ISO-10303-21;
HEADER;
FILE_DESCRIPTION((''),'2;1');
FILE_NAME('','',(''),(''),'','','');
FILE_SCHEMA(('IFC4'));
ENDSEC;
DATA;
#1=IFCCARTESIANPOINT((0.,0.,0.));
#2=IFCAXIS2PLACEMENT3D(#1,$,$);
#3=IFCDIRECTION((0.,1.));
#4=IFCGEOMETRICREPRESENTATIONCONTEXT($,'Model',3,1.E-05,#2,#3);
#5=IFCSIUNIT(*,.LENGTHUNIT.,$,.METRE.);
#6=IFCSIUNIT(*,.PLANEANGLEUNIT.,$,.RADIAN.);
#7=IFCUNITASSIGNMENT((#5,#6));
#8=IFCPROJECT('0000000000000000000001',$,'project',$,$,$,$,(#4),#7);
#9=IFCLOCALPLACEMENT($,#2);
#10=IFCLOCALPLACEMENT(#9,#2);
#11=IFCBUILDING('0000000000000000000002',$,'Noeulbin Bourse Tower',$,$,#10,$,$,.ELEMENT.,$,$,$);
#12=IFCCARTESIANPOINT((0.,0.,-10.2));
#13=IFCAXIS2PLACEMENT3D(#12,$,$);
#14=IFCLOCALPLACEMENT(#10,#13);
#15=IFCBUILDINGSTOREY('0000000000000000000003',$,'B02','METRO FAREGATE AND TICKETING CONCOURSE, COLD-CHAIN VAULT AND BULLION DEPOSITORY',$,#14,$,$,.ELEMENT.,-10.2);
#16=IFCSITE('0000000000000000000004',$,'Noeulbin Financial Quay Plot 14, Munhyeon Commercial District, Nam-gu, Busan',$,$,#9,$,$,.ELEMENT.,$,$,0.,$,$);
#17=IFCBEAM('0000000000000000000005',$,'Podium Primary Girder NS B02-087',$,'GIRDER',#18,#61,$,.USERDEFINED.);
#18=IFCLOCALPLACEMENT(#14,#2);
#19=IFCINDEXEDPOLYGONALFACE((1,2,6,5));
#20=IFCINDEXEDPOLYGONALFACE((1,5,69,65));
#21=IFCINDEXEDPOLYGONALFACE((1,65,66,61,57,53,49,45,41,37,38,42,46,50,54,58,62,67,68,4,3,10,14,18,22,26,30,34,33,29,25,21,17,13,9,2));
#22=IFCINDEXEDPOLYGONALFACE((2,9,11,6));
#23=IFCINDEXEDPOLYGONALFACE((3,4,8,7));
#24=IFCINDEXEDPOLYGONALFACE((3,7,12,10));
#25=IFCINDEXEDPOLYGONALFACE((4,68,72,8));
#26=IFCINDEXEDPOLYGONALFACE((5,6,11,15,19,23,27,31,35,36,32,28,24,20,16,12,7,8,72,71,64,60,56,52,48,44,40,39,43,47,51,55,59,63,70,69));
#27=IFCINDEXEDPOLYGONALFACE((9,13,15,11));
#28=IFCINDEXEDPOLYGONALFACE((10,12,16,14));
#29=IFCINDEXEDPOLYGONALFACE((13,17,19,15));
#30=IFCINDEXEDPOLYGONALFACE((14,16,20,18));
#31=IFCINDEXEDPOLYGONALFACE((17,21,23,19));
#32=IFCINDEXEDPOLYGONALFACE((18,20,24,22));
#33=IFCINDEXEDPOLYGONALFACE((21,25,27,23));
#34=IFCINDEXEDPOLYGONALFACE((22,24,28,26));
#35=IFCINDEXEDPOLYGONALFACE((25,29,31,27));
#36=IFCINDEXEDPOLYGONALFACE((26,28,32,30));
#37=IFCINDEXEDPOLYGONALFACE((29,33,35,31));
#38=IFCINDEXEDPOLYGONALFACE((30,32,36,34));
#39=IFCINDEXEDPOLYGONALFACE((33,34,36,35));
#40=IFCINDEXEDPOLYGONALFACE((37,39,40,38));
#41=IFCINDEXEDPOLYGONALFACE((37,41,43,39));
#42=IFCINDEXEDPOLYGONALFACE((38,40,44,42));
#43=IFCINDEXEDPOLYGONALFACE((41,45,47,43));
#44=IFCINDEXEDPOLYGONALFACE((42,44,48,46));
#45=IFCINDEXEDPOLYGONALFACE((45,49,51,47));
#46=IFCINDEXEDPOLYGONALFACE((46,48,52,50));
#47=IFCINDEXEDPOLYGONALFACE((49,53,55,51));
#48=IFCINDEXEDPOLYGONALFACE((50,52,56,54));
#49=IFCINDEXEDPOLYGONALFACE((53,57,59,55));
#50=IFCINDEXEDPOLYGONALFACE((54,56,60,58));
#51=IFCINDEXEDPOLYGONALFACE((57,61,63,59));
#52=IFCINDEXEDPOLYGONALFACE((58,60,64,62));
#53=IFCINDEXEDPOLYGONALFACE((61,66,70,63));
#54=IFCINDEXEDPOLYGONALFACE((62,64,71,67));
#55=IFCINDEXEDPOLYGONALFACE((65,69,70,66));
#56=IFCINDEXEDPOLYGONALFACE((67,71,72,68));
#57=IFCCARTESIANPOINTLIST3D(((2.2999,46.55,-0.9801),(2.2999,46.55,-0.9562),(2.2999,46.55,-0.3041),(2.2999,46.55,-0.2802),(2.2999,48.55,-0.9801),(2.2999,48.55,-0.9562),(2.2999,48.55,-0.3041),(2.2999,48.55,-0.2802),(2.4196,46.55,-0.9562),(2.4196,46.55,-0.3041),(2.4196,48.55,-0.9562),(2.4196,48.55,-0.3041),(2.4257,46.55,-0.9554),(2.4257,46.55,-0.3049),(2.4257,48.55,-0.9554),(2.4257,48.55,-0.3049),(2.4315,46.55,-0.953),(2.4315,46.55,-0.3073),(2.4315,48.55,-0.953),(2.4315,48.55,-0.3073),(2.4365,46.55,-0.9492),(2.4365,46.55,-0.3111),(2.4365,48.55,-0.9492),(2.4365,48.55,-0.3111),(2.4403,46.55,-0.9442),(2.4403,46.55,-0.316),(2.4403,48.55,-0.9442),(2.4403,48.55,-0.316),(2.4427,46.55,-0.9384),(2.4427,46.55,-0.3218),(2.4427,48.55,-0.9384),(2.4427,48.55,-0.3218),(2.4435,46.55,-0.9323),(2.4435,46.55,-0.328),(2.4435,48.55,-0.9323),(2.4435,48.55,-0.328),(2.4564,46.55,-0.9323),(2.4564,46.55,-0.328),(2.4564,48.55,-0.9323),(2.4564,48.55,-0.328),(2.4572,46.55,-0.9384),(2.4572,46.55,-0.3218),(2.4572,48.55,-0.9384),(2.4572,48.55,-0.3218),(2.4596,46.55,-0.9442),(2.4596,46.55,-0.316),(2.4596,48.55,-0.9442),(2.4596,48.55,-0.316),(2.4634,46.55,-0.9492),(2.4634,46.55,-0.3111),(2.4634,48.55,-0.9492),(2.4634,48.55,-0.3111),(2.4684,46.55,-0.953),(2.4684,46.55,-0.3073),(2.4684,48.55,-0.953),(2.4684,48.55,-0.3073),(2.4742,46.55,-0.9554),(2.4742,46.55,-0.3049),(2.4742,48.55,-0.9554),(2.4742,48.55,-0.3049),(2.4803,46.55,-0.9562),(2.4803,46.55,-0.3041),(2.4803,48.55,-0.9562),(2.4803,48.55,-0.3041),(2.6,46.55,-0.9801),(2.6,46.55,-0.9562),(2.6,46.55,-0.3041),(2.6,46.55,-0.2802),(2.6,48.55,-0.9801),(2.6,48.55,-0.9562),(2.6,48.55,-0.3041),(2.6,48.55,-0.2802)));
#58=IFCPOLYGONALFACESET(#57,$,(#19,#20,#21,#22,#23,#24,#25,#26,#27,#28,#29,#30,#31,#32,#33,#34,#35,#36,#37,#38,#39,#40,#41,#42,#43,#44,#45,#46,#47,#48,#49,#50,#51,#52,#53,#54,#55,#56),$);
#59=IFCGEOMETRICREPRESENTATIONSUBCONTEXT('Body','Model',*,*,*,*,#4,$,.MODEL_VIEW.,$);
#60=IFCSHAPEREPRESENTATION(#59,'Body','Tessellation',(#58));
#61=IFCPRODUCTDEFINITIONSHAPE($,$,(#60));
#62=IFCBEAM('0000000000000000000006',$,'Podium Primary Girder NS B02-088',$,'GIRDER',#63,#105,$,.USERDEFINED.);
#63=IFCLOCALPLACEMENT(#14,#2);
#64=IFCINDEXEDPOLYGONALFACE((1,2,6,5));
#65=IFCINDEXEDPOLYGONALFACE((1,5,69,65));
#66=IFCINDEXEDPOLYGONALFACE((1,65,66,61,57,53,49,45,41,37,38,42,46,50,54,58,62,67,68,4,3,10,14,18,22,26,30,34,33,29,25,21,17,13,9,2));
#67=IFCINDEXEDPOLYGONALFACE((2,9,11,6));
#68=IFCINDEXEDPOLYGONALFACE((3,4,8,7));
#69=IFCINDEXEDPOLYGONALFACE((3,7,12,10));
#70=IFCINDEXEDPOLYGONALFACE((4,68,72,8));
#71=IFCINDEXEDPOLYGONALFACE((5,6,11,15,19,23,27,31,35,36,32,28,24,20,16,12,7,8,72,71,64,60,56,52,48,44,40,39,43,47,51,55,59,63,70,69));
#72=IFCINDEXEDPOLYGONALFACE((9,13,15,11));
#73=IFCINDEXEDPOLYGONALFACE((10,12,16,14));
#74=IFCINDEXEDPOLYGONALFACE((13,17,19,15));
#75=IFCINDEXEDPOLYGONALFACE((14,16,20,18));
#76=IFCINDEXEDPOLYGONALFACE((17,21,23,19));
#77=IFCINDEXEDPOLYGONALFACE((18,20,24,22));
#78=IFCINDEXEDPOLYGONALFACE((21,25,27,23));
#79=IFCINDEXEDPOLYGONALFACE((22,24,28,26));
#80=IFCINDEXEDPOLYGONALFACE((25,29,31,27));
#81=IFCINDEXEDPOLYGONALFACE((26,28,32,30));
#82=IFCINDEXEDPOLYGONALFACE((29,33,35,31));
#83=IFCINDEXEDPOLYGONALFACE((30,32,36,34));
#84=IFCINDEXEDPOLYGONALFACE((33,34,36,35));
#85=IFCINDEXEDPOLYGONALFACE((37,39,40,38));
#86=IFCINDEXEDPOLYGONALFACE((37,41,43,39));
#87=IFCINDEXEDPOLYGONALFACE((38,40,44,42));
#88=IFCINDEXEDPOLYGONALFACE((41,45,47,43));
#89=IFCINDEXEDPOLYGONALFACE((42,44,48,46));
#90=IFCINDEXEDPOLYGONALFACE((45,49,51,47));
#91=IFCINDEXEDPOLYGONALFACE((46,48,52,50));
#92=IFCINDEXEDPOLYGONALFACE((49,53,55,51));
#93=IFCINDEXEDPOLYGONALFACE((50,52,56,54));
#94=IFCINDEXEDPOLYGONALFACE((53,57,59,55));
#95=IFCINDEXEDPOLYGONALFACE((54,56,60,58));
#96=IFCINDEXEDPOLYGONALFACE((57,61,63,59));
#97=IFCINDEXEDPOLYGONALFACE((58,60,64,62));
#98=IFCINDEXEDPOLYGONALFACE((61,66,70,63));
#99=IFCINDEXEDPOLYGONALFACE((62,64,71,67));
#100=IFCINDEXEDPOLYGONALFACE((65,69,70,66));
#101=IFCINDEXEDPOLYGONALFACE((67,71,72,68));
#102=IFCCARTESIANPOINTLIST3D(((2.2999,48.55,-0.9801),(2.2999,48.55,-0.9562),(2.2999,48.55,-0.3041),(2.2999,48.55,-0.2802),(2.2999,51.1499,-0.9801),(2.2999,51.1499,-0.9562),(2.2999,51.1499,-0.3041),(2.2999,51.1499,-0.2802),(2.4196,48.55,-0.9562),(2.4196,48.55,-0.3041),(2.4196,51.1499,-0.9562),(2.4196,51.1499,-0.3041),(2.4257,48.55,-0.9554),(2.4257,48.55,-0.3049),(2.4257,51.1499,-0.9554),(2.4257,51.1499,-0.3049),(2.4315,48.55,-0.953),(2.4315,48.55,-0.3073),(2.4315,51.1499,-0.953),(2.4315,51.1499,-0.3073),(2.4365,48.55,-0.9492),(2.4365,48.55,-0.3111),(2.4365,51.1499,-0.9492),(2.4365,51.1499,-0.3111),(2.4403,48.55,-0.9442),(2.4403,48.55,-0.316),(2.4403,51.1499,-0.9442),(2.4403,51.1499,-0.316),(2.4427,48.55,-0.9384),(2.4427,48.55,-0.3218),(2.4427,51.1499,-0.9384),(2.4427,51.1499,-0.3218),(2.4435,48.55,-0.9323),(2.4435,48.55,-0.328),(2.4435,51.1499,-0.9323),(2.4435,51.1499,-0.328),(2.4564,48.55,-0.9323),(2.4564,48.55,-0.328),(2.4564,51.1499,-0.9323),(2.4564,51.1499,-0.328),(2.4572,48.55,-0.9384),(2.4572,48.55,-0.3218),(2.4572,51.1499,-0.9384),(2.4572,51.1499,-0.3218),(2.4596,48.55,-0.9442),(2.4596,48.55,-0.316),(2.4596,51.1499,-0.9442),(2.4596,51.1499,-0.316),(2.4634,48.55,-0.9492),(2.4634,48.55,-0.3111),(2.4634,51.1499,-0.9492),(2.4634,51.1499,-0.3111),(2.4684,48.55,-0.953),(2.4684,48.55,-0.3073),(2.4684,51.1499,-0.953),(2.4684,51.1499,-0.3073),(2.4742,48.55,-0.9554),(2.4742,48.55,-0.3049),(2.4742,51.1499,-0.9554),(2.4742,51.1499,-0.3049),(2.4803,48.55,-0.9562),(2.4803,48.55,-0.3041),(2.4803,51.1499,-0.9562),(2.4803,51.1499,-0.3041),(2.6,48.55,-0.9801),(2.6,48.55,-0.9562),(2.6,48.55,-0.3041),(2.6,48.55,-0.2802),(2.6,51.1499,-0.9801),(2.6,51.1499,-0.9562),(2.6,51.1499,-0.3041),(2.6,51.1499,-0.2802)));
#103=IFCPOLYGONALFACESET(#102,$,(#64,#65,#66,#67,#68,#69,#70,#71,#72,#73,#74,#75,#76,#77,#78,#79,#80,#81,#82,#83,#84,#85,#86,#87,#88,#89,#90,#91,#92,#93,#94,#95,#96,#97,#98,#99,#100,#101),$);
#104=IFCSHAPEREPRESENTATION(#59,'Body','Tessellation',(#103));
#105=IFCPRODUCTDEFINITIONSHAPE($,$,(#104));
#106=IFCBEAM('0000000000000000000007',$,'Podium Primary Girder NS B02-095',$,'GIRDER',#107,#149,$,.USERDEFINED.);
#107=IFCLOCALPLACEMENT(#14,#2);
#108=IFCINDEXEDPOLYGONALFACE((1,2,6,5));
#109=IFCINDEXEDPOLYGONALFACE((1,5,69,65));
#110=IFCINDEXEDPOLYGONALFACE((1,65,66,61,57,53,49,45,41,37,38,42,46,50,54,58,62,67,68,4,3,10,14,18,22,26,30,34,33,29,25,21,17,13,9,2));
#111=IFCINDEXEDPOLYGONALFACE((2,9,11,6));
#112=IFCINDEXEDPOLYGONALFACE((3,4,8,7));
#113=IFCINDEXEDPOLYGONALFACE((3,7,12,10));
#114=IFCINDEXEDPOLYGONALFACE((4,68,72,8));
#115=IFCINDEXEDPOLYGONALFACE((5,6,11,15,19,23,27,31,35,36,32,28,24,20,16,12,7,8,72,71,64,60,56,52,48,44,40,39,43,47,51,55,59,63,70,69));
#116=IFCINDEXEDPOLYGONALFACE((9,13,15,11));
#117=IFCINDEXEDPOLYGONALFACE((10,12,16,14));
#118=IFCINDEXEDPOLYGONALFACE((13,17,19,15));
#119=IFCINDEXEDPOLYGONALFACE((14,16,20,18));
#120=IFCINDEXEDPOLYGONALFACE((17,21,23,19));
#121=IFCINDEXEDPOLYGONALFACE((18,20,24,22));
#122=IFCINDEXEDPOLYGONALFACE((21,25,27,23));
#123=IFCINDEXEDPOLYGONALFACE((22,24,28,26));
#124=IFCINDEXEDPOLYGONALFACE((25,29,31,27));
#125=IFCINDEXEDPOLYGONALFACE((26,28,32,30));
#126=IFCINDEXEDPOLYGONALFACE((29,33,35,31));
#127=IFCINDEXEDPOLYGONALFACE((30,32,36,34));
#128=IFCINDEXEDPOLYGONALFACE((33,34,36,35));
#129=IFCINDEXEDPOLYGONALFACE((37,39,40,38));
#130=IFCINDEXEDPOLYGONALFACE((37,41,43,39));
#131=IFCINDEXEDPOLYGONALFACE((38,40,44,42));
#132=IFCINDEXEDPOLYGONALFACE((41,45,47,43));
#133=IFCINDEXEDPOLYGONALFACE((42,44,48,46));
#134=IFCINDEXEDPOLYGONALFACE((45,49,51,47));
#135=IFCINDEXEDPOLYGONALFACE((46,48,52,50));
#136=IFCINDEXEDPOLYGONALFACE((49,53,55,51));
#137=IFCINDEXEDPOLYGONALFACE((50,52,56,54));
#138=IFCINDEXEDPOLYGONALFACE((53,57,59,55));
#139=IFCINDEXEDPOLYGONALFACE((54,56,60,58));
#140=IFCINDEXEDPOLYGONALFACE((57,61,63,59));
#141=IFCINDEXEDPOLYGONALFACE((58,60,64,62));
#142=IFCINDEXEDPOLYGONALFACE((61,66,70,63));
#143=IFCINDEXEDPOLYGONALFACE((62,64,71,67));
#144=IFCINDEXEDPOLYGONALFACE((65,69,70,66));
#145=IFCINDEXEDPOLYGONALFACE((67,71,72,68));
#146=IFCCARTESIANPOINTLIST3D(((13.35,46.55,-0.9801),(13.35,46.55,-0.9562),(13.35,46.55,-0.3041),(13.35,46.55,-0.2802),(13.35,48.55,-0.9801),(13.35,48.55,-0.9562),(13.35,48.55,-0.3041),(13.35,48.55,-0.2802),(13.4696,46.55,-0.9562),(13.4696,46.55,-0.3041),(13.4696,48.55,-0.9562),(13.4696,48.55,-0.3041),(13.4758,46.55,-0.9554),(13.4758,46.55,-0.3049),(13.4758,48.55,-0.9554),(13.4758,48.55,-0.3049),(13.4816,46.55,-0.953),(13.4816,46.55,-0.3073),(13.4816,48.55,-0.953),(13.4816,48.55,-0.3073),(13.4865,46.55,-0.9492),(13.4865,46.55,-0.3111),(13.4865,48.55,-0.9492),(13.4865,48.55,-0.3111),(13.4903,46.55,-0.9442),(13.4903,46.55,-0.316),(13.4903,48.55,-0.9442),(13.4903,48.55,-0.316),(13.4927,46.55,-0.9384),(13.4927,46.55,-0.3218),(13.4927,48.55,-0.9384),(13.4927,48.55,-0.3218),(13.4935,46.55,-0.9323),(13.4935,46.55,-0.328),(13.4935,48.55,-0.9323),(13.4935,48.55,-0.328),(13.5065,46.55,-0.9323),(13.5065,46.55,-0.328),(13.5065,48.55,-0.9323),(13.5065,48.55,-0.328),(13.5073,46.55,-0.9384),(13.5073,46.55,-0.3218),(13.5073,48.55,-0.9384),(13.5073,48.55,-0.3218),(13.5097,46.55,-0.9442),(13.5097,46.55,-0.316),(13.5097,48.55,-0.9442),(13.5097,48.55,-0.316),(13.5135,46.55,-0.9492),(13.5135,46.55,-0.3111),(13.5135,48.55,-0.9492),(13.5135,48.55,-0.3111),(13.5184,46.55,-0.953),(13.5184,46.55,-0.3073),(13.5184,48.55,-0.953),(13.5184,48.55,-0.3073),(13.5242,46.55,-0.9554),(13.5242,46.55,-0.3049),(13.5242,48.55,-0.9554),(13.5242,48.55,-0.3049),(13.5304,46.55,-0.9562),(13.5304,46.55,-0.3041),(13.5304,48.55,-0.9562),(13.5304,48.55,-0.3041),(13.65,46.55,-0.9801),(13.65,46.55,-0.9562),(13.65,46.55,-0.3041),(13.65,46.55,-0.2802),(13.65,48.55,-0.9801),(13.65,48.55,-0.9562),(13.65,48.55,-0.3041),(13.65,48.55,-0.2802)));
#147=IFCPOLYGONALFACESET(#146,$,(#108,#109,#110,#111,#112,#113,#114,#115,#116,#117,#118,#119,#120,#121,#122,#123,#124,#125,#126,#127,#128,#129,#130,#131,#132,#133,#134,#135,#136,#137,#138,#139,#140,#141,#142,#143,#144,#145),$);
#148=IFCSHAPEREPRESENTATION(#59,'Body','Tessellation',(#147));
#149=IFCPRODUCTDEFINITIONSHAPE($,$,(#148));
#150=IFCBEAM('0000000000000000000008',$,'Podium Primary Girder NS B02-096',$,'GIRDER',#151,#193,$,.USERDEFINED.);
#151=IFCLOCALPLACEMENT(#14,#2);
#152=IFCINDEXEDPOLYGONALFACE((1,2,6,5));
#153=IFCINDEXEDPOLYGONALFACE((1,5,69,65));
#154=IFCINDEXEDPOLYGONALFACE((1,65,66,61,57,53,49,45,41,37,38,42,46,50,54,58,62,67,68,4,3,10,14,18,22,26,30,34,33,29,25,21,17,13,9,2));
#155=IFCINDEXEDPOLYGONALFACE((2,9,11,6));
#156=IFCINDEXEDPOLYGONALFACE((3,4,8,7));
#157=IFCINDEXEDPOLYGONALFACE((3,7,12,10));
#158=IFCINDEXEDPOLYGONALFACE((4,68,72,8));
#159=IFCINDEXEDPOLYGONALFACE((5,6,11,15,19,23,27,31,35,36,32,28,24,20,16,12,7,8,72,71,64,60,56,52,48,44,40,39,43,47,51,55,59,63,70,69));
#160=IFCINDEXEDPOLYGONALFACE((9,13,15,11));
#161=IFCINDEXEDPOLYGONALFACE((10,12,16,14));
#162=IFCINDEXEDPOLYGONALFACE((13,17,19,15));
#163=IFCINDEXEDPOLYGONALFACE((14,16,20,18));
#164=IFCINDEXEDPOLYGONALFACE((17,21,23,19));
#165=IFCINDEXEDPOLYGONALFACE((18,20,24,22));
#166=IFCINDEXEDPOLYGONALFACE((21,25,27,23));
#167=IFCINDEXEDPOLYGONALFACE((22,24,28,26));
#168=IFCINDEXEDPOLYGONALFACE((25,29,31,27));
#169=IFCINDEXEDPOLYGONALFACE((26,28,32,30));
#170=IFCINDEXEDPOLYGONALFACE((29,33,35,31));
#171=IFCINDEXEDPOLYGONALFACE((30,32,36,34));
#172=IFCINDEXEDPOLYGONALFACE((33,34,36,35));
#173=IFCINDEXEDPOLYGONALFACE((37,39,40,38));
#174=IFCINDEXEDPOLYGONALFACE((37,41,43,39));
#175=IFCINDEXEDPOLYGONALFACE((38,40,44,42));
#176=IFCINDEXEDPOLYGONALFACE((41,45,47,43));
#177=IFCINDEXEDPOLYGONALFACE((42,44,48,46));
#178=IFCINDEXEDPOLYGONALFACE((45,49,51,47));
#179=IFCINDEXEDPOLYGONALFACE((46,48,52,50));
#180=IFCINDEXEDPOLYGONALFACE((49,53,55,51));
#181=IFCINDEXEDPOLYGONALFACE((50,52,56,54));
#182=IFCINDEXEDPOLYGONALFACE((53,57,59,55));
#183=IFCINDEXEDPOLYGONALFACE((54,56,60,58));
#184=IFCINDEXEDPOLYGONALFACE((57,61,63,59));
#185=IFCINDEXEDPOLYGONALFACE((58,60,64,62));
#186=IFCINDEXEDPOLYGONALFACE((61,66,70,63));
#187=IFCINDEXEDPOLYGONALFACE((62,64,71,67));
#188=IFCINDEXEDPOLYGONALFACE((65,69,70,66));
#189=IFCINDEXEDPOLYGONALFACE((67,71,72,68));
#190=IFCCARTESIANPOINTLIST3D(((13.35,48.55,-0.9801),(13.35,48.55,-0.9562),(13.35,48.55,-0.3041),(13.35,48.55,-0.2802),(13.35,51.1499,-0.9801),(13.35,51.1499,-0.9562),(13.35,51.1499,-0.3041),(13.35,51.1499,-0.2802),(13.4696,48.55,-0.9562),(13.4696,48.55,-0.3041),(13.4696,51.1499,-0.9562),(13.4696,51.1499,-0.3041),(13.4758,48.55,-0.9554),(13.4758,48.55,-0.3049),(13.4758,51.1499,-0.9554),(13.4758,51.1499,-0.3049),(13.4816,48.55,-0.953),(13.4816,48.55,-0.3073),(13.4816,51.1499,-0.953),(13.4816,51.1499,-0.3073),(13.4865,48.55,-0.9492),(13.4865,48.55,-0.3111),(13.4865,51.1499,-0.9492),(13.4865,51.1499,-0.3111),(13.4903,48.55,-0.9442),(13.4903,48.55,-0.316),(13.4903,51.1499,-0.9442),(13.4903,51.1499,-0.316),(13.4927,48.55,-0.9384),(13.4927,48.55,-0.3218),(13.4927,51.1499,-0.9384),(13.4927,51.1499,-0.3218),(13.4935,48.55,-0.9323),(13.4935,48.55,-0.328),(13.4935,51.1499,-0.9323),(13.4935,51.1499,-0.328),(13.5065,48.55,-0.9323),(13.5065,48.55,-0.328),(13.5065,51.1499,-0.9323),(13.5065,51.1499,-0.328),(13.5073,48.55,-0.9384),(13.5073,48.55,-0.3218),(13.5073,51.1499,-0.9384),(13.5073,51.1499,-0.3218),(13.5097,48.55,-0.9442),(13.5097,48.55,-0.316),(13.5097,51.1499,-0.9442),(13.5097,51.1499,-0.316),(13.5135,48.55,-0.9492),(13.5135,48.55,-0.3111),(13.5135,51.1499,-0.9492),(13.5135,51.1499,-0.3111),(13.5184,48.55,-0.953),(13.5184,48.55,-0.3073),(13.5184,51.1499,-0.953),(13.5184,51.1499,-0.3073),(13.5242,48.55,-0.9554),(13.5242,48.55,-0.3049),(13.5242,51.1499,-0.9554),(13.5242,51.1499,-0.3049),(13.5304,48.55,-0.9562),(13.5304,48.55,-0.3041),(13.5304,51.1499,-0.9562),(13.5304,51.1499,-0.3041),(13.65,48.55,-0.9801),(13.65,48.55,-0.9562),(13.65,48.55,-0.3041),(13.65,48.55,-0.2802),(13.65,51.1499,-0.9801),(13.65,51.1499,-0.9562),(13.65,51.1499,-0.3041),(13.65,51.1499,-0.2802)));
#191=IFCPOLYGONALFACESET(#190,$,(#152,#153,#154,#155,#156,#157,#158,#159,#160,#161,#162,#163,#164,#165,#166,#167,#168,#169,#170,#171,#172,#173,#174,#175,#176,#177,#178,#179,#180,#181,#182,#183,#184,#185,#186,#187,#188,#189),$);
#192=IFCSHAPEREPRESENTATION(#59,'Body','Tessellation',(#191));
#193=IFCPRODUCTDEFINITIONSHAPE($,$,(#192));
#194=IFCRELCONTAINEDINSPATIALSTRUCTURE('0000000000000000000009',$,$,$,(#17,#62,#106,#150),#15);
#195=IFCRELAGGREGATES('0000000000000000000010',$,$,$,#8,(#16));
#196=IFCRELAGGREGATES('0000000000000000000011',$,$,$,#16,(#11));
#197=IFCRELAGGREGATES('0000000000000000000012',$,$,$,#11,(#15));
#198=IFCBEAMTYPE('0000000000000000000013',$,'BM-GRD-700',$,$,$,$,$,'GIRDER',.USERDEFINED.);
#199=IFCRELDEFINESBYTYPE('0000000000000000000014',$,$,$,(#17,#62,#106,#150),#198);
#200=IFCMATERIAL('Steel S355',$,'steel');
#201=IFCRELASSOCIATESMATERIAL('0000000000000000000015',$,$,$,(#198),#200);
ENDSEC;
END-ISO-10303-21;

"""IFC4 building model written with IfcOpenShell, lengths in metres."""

from ifc_helpers import new_model, si_unit, direction, frame, origin, origin_2d, place, context, subcontext, project, spatial, i_section, extrude, material, material_profile, profile_set, type_object, element, save


model = new_model("IFC4")

# Units and contexts
model_context = context("Model", 3, precision=1e-05, world=origin(), true_north=direction((0.0, 1.0)))
body_context = subcontext(model_context, "Body", "Model", "MODEL_VIEW")
ifc_project = project(units=[si_unit("LENGTHUNIT", "METRE"), si_unit("PLANEANGLEUNIT", "RADIAN")], contexts=[model_context])

# Site, building, storey
site_placement = place(None, origin())
site = spatial("IfcSite", under=ifc_project, at=site_placement, Name="Noeulbin Financial Quay Plot 14, Munhyeon Commercial District, Nam-gu, Busan", CompositionType="ELEMENT", RefElevation=0.0)
building_placement = place(site_placement, origin())
building = spatial("IfcBuilding", under=site, at=building_placement, Name="Noeulbin Bourse Tower", CompositionType="ELEMENT")
storey_placement = place(building_placement, frame((0.0, 0.0, -10.2)))
storey = spatial("IfcBuildingStorey", under=building, at=storey_placement, Name="B02", Description="METRO FAREGATE AND TICKETING CONCOURSE, COLD-CHAIN VAULT AND BULLION DEPOSITORY", CompositionType="ELEMENT", Elevation=-10.2)

# Beams
ifc_material_1 = material(Name="Steel S355", Category="steel")
ifc_material_profile_1 = material_profile(ifc_material_1, i_section(OverallWidth=0.3, OverallDepth=0.7, WebThickness=0.0129, FlangeThickness=0.0239, FilletRadius=0.0239, at=origin_2d()), Name="H-700x300x13x24", Category="LoadBearing")
ifc_profile_set_1 = profile_set([ifc_material_profile_1], Name="Steel S355")
beam_type_1 = type_object("IfcBeamType", Name="BM-GRD-700", ElementType="GIRDER", PredefinedType="USERDEFINED", material=ifc_profile_set_1)
beam_1_placement = place(storey_placement, frame((2.45, 46.55, -0.6301), z_axis=(0.0, 1.0, 0.0), x_axis=(-1.0, 0.0, 0.0)))
element("IfcBeam", 1, at=beam_1_placement, inside=storey, type_object=beam_type_1, Name="Podium Primary Girder NS B02-087", ObjectType="GIRDER", PredefinedType="USERDEFINED", context=body_context, shape_type="SweptSolid", body=[
    extrude(i_section(OverallWidth=0.3, OverallDepth=0.7, WebThickness=0.0129, FlangeThickness=0.0239, FilletRadius=0.0239, at=origin_2d()), origin(), (0.0, 0.0, 1.0), 2.0),
])
beam_2_placement = place(storey_placement, frame((2.45, 48.55, -0.6301), z_axis=(0.0, 1.0, 0.0), x_axis=(-1.0, 0.0, 0.0)))
element("IfcBeam", 2, at=beam_2_placement, inside=storey, type_object=beam_type_1, Name="Podium Primary Girder NS B02-088", ObjectType="GIRDER", PredefinedType="USERDEFINED", context=body_context, shape_type="SweptSolid", body=[
    extrude(i_section(OverallWidth=0.3, OverallDepth=0.7, WebThickness=0.0129, FlangeThickness=0.0239, FilletRadius=0.0239, at=origin_2d()), origin(), (0.0, 0.0, 1.0), 2.5999),
])
beam_3_placement = place(storey_placement, frame((13.5, 46.55, -0.6301), z_axis=(0.0, 1.0, 0.0), x_axis=(-1.0, 0.0, 0.0)))
element("IfcBeam", 3, at=beam_3_placement, inside=storey, type_object=beam_type_1, Name="Podium Primary Girder NS B02-095", ObjectType="GIRDER", PredefinedType="USERDEFINED", context=body_context, shape_type="SweptSolid", body=[
    extrude(i_section(OverallWidth=0.3, OverallDepth=0.7, WebThickness=0.0129, FlangeThickness=0.0239, FilletRadius=0.0239, at=origin_2d()), origin(), (0.0, 0.0, 1.0), 2.0),
])
beam_4_placement = place(storey_placement, frame((13.5, 48.55, -0.6301), z_axis=(0.0, 1.0, 0.0), x_axis=(-1.0, 0.0, 0.0)))
element("IfcBeam", 4, at=beam_4_placement, inside=storey, type_object=beam_type_1, Name="Podium Primary Girder NS B02-096", ObjectType="GIRDER", PredefinedType="USERDEFINED", context=body_context, shape_type="SweptSolid", body=[
    extrude(i_section(OverallWidth=0.3, OverallDepth=0.7, WebThickness=0.0129, FlangeThickness=0.0239, FilletRadius=0.0239, at=origin_2d()), origin(), (0.0, 0.0, 1.0), 2.5999),
])

save(model, "model.ifc")
